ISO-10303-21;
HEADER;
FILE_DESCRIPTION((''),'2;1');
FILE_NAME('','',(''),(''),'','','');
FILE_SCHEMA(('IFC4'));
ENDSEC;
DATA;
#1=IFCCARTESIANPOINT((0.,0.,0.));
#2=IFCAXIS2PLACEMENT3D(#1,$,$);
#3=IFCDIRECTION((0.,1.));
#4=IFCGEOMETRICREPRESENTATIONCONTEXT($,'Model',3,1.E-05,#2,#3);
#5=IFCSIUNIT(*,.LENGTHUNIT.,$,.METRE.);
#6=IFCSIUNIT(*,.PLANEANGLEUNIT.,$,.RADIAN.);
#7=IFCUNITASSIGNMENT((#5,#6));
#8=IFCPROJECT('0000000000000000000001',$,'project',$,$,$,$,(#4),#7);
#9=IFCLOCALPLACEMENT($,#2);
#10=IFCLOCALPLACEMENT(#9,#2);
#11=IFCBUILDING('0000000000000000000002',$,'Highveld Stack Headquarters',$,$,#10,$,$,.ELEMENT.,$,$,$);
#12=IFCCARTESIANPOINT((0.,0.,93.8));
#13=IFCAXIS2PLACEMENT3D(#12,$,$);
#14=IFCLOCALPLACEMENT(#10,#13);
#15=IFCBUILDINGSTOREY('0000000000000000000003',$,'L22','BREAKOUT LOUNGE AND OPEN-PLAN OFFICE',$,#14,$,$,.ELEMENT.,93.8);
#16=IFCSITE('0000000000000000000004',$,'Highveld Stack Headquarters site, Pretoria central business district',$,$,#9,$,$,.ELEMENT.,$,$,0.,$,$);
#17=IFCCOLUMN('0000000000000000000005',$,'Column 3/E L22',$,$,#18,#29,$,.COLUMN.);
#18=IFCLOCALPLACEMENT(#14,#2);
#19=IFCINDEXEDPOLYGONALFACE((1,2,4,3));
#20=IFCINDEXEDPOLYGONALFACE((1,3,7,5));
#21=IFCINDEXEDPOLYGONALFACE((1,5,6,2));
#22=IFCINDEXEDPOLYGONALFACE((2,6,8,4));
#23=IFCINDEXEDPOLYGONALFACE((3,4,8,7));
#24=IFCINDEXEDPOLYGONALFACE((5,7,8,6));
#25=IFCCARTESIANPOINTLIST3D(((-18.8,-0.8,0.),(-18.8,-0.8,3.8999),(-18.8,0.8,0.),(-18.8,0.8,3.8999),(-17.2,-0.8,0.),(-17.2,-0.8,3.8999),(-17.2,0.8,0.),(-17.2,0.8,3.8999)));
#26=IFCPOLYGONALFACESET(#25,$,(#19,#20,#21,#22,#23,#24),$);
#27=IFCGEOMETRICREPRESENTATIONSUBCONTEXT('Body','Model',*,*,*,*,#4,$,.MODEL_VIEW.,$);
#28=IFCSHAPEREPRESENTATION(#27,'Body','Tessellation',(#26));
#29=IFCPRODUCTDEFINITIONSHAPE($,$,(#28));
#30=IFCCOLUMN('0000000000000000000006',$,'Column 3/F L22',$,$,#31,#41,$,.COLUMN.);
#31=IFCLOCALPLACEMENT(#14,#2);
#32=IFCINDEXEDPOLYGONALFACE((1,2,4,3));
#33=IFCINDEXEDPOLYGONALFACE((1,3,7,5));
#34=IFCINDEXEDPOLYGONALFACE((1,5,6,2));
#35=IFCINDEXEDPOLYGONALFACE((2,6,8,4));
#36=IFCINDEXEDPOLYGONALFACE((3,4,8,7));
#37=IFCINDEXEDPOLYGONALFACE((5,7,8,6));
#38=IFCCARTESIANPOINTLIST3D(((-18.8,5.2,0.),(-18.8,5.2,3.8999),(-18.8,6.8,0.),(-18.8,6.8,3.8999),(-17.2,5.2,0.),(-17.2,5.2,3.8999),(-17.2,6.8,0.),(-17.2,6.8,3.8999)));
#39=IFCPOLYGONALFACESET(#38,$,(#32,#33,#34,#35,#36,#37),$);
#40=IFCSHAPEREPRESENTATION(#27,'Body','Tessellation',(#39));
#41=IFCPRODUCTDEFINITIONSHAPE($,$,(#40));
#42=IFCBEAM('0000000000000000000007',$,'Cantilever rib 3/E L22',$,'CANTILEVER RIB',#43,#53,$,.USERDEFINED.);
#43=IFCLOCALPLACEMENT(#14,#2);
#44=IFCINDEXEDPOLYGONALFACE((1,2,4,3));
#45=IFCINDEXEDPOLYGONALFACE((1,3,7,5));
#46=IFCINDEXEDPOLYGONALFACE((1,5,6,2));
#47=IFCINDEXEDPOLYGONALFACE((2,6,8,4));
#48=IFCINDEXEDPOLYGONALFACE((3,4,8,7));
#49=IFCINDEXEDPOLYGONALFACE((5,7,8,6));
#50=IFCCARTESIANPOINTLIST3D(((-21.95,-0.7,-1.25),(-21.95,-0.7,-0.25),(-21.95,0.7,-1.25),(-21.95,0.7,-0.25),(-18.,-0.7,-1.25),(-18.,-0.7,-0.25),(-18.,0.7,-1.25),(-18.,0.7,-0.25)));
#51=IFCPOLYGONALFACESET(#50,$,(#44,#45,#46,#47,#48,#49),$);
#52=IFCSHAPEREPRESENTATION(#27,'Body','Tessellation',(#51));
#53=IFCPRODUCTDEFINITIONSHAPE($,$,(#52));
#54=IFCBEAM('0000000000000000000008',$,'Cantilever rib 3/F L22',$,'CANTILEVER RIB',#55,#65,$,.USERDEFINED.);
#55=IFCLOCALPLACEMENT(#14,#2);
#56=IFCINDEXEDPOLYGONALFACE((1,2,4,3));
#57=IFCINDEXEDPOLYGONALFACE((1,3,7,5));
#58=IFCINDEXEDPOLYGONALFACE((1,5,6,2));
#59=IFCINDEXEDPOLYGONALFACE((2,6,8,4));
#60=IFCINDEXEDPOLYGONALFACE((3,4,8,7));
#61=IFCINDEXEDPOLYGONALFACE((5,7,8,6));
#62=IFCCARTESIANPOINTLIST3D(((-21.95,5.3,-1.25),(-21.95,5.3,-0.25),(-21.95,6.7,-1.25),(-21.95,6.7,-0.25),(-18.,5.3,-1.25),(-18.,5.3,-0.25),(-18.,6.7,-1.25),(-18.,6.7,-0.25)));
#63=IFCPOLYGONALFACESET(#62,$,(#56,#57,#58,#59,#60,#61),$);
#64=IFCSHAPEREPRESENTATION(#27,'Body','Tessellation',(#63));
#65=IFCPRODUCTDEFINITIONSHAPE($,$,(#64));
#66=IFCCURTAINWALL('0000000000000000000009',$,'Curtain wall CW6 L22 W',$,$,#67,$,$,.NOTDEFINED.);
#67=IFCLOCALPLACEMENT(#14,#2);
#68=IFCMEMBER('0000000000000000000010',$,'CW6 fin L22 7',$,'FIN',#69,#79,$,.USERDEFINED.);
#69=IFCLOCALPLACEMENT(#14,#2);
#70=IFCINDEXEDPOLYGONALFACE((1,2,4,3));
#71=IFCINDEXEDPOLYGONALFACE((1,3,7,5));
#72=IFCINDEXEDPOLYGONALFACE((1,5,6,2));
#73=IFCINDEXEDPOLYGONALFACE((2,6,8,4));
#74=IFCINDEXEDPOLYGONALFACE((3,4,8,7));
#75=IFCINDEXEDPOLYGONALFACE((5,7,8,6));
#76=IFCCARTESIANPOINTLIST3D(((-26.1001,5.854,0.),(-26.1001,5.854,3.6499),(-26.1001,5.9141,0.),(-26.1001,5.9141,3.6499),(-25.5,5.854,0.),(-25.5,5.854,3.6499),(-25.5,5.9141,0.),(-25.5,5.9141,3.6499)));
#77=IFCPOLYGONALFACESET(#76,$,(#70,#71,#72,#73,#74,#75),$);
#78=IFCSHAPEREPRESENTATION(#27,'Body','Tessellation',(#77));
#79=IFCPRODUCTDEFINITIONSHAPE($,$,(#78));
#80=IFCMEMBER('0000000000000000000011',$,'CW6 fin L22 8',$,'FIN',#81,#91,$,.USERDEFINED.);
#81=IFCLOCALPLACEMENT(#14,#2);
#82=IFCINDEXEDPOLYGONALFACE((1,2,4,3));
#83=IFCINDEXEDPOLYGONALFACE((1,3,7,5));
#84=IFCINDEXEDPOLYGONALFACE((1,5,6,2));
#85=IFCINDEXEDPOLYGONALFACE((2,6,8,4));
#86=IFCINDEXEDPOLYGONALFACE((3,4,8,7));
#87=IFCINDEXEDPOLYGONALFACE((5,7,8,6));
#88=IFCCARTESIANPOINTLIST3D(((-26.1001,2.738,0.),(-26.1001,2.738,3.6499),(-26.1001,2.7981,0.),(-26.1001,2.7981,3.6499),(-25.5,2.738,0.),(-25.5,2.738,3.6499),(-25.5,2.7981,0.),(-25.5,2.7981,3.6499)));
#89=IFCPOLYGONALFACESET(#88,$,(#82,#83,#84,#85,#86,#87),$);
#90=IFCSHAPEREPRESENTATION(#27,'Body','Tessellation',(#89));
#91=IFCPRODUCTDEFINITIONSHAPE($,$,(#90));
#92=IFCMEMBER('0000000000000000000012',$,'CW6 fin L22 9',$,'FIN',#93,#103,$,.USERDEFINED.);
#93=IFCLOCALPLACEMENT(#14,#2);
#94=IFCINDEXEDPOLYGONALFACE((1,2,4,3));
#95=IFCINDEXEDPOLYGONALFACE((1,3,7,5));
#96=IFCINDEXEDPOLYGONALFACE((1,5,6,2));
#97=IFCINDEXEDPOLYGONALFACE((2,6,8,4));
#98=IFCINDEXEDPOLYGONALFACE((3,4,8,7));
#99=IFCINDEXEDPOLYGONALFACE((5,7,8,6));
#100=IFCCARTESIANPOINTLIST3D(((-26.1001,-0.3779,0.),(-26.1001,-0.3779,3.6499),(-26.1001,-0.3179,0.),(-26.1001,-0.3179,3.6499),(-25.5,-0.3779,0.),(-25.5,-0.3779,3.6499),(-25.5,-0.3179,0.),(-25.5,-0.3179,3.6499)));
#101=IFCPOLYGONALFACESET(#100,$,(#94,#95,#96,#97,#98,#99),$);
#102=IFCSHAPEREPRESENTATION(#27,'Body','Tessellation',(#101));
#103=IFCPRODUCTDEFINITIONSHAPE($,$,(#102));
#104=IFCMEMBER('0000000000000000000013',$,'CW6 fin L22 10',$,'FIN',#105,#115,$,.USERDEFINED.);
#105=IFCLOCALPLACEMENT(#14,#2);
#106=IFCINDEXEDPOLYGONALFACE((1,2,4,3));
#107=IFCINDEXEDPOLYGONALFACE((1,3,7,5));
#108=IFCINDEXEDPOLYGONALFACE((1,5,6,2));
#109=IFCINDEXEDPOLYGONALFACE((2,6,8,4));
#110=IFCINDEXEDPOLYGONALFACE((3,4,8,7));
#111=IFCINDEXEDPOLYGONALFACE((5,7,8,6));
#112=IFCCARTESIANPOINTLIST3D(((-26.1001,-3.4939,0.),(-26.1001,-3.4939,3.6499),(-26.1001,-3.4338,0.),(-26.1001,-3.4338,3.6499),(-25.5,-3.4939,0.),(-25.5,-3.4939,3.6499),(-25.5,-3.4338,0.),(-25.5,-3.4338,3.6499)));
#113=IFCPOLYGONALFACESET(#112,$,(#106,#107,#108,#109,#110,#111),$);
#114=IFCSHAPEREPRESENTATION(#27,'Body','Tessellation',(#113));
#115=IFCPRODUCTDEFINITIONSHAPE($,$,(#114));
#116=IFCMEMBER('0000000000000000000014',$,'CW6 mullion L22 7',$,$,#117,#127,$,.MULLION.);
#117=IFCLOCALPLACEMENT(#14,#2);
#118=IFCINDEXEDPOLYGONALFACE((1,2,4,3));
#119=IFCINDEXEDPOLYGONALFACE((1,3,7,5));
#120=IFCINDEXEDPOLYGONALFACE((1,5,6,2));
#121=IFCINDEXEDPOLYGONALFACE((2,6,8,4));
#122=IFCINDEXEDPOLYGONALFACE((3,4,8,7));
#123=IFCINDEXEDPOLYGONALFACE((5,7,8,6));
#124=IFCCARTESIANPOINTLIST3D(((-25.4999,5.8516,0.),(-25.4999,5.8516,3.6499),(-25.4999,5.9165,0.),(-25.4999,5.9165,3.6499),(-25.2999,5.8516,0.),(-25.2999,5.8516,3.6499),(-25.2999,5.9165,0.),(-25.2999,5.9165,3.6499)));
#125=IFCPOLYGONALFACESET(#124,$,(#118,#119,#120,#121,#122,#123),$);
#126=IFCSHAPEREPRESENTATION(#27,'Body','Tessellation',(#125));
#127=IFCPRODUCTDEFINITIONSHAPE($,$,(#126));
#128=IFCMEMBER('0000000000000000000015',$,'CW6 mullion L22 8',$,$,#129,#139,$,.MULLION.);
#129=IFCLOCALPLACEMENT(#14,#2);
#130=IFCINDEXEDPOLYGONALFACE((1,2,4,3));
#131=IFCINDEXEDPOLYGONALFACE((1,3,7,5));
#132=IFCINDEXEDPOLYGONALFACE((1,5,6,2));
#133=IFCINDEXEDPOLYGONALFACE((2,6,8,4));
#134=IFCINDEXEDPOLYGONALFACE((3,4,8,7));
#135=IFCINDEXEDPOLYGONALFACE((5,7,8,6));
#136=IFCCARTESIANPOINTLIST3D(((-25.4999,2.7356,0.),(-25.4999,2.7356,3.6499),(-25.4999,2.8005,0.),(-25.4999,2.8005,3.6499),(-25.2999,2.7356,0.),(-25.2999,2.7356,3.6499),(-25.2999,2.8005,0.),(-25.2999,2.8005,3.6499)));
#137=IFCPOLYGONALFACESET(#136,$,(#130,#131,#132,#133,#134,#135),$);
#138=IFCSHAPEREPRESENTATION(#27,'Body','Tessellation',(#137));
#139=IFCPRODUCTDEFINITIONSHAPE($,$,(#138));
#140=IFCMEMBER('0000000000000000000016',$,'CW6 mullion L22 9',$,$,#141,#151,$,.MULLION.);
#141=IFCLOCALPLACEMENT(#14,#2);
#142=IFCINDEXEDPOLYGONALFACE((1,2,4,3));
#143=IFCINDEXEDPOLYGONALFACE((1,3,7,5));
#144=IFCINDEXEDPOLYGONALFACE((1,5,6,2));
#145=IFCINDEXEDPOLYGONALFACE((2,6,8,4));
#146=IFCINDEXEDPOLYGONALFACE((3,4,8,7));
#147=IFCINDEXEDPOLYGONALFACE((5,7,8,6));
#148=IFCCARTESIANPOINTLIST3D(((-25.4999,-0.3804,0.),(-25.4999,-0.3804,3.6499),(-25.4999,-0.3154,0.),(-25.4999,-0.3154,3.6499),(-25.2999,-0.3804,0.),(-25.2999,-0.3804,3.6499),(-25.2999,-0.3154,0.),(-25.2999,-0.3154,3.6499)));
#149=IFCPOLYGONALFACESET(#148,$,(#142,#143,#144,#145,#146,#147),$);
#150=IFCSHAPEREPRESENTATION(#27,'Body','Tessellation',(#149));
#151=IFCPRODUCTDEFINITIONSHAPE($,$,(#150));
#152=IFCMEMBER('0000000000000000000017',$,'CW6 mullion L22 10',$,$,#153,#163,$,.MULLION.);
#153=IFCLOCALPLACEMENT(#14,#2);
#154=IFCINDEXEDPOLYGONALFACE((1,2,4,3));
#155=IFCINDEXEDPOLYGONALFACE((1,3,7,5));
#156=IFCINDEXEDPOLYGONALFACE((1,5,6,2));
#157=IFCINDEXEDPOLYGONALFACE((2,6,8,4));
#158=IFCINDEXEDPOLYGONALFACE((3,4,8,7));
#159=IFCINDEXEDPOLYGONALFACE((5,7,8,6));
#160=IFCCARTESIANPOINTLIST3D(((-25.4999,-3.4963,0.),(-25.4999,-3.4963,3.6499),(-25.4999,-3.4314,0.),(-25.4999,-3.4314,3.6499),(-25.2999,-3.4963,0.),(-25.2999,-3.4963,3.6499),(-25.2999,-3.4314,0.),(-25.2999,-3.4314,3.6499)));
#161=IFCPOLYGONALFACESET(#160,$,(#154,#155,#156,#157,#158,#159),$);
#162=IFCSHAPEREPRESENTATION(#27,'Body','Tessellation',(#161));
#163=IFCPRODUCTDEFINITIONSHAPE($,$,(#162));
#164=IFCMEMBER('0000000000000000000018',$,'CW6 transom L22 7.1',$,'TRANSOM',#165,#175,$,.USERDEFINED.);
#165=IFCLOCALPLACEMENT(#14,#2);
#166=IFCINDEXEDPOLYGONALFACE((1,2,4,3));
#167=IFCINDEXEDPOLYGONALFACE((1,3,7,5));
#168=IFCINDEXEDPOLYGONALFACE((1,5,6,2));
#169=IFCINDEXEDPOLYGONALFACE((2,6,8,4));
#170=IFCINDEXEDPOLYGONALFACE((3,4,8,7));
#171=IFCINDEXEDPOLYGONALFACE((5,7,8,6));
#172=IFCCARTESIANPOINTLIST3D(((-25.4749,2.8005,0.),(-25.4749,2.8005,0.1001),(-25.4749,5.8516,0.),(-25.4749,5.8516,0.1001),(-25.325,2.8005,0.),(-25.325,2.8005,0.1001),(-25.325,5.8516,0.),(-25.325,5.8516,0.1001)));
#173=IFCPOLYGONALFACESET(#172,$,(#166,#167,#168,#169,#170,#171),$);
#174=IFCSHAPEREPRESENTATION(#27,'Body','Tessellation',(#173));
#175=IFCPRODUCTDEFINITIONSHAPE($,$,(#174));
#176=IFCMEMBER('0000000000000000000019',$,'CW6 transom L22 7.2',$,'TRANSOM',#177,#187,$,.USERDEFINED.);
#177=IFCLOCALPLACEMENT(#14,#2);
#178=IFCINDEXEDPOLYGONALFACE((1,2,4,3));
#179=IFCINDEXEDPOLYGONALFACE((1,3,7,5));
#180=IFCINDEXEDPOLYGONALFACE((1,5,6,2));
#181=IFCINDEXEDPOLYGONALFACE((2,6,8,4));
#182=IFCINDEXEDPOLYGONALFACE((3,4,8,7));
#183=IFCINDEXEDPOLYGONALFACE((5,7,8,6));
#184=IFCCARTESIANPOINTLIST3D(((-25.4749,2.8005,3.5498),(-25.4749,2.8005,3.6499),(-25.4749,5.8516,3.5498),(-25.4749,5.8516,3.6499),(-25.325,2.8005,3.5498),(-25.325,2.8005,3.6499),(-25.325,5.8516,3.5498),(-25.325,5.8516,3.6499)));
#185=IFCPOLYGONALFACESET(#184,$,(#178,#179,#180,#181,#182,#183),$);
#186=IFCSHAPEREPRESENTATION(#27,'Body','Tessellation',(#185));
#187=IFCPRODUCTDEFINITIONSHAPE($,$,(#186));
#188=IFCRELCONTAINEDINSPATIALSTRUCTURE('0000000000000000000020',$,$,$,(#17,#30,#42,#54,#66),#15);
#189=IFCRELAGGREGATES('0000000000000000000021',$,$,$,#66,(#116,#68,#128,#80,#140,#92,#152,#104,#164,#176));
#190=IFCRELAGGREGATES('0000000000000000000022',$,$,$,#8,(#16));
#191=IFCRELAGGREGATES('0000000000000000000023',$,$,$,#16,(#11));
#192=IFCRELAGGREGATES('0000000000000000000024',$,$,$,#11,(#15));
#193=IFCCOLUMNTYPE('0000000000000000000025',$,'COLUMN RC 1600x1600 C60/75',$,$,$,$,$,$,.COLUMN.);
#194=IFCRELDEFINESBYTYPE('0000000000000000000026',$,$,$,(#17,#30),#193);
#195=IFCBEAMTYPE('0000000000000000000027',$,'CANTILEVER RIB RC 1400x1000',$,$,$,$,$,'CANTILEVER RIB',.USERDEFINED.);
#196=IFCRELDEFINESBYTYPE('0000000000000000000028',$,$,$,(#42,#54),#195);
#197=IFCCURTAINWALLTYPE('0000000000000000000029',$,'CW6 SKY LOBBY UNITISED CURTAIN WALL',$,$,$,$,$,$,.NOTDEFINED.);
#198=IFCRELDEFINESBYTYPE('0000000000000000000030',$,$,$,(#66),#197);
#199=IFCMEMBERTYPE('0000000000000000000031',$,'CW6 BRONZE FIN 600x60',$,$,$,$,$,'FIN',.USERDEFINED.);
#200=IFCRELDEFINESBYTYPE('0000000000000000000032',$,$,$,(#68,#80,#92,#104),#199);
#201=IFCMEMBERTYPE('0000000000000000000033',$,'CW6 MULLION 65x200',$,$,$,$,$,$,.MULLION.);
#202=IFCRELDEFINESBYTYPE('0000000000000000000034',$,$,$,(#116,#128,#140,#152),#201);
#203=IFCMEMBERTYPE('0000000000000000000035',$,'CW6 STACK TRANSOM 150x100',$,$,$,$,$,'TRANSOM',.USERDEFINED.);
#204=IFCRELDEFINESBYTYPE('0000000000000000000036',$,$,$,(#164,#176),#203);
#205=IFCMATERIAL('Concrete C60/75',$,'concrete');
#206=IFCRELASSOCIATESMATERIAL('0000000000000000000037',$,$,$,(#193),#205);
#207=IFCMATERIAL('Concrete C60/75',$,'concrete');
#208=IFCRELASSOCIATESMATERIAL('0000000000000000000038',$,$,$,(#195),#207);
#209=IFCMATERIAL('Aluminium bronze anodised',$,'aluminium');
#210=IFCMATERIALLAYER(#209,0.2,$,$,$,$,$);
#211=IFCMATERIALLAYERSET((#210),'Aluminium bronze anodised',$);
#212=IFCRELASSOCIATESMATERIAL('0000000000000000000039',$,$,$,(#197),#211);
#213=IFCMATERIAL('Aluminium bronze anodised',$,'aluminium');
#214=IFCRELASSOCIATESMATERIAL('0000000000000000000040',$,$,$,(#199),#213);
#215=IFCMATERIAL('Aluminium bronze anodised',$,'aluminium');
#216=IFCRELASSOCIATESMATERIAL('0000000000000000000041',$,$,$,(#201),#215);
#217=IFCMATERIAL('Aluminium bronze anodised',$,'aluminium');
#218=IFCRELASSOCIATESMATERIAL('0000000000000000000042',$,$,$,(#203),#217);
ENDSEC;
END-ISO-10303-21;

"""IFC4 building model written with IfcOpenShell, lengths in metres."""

from ifc_helpers import new_model, si_unit, direction, frame, origin, origin_2d, place, context, subcontext, project, spatial, rectangle, extrude, material, layer, layer_set, material_profile, profile_set, type_object, element, aggregate, save


model = new_model("IFC4")

# Units and contexts
model_context = context("Model", 3, precision=1e-05, world=origin(), true_north=direction((0.0, 1.0)))
body_context = subcontext(model_context, "Body", "Model", "MODEL_VIEW")
ifc_project = project(units=[si_unit("LENGTHUNIT", "METRE"), si_unit("PLANEANGLEUNIT", "RADIAN")], contexts=[model_context])

# Site, building, storey
site_placement = place(None, origin())
site = spatial("IfcSite", under=ifc_project, at=site_placement, Name="Highveld Stack Headquarters site, Pretoria central business district", CompositionType="ELEMENT", RefElevation=0.0)
building_placement = place(site_placement, origin())
building = spatial("IfcBuilding", under=site, at=building_placement, Name="Highveld Stack Headquarters", CompositionType="ELEMENT")
storey_placement = place(building_placement, frame((0.0, 0.0, 93.8)))
storey = spatial("IfcBuildingStorey", under=building, at=storey_placement, Name="L22", Description="BREAKOUT LOUNGE AND OPEN-PLAN OFFICE", CompositionType="ELEMENT", Elevation=93.8)

# Columns
ifc_material_1 = material(Name="Concrete C60/75", Category="concrete")
ifc_material_profile_1 = material_profile(ifc_material_1, rectangle(XDim=1.6001, YDim=1.6001, at=origin_2d()), Name="RC 1600x1600")
ifc_profile_set_1 = profile_set([ifc_material_profile_1], Name="Concrete C60/75")
column_type = type_object("IfcColumnType", Name="COLUMN RC 1600x1600 C60/75", PredefinedType="COLUMN", material=ifc_profile_set_1)
for number, where, z_axis, x_axis, name in (
    (1, (-18.0, 0.0, 0.0), (0.0, 0.0, 1.0), (1.0, 0.0, 0.0), "Column 3/E L22"),
    (2, (-18.0, 6.0, 0.0), (0.0, 0.0, 1.0), (1.0, 0.0, 0.0), "Column 3/F L22"),
):
    element("IfcColumn", number, at=place(storey_placement, frame(where, z_axis=z_axis, x_axis=x_axis)), inside=storey, type_object=column_type, Name=name, PredefinedType="COLUMN", context=body_context, shape_type="SweptSolid", body=[
        extrude(rectangle(XDim=1.6001, YDim=1.6001, at=origin_2d()), origin(), (0.0, 0.0, 1.0), 3.8999),
    ])

# Beams
ifc_material_2 = material(Name="Concrete C60/75", Category="concrete")
ifc_material_profile_2 = material_profile(ifc_material_2, rectangle(XDim=1.3999, YDim=1.0, at=origin_2d()), Name="RC 1400x1000")
ifc_profile_set_2 = profile_set([ifc_material_profile_2], Name="Concrete C60/75")
beam_type_1 = type_object("IfcBeamType", Name="CANTILEVER RIB RC 1400x1000", ElementType="CANTILEVER RIB", PredefinedType="USERDEFINED", material=ifc_profile_set_2)
for number, where, z_axis, x_axis, name in (
    (3, (-18.0, 0.0, -0.75), (-1.0, 0.0, 0.0), (0.0, -1.0, 0.0), "Cantilever rib 3/E L22"),
    (4, (-18.0, 6.0, -0.75), (-1.0, 0.0, 0.0), (0.0, -1.0, 0.0), "Cantilever rib 3/F L22"),
):
    element("IfcBeam", number, at=place(storey_placement, frame(where, z_axis=z_axis, x_axis=x_axis)), inside=storey, type_object=beam_type_1, Name=name, ObjectType="CANTILEVER RIB", PredefinedType="USERDEFINED", context=body_context, shape_type="SweptSolid", body=[
        extrude(rectangle(XDim=1.3999, YDim=1.0, at=origin_2d()), origin(), (0.0, 0.0, 1.0), 3.95),
    ])

# Curtain wall, members
ifc_material_3 = material(Name="Aluminium bronze anodised", Category="aluminium")
ifc_layer_1 = layer(ifc_material_3, 0.2)
ifc_layer_set_1 = layer_set([ifc_layer_1], Name="Aluminium bronze anodised")
curtain_wall_type = type_object("IfcCurtainWallType", Name="CW6 SKY LOBBY UNITISED CURTAIN WALL", PredefinedType="NOTDEFINED", material=ifc_layer_set_1)
curtain_wall_placement = place(storey_placement, origin())
curtain_wall = element("IfcCurtainWall", 5, at=curtain_wall_placement, inside=storey, type_object=curtain_wall_type, Name="Curtain wall CW6 L22 W", PredefinedType="NOTDEFINED")
ifc_material_4 = material(Name="Aluminium bronze anodised", Category="aluminium")
ifc_material_profile_3 = material_profile(ifc_material_4, rectangle(XDim=0.6001, YDim=0.0601, at=origin_2d()), Name="FIN 600x60")
ifc_profile_set_3 = profile_set([ifc_material_profile_3], Name="Aluminium bronze anodised")
member_type_1 = type_object("IfcMemberType", Name="CW6 BRONZE FIN 600x60", ElementType="FIN", PredefinedType="USERDEFINED", material=ifc_profile_set_3)
member_1_placement = place(storey_placement, frame((-25.8, 5.884, 0.0), z_axis=(0.0, 0.0, 1.0), x_axis=(1.0, 0.0, 0.0)))
member_1 = element("IfcMember", 6, at=member_1_placement, type_object=member_type_1, Name="CW6 fin L22 7", ObjectType="FIN", PredefinedType="USERDEFINED", context=body_context, shape_type="SweptSolid", body=[
    extrude(rectangle(XDim=0.6001, YDim=0.0601, at=origin_2d()), origin(), (0.0, 0.0, 1.0), 3.6499),
])
member_2_placement = place(storey_placement, frame((-25.8, 2.7681, 0.0), z_axis=(0.0, 0.0, 1.0), x_axis=(1.0, 0.0, 0.0)))
member_2 = element("IfcMember", 7, at=member_2_placement, type_object=member_type_1, Name="CW6 fin L22 8", ObjectType="FIN", PredefinedType="USERDEFINED", context=body_context, shape_type="SweptSolid", body=[
    extrude(rectangle(XDim=0.6001, YDim=0.0601, at=origin_2d()), origin(), (0.0, 0.0, 1.0), 3.6499),
])
member_3_placement = place(storey_placement, frame((-25.8, -0.3479, 0.0), z_axis=(0.0, 0.0, 1.0), x_axis=(1.0, 0.0, 0.0)))
member_3 = element("IfcMember", 8, at=member_3_placement, type_object=member_type_1, Name="CW6 fin L22 9", ObjectType="FIN", PredefinedType="USERDEFINED", context=body_context, shape_type="SweptSolid", body=[
    extrude(rectangle(XDim=0.6001, YDim=0.0601, at=origin_2d()), origin(), (0.0, 0.0, 1.0), 3.6499),
])
member_4_placement = place(storey_placement, frame((-25.8, -3.4639, 0.0), z_axis=(0.0, 0.0, 1.0), x_axis=(1.0, 0.0, 0.0)))
member_4 = element("IfcMember", 9, at=member_4_placement, type_object=member_type_1, Name="CW6 fin L22 10", ObjectType="FIN", PredefinedType="USERDEFINED", context=body_context, shape_type="SweptSolid", body=[
    extrude(rectangle(XDim=0.6001, YDim=0.0601, at=origin_2d()), origin(), (0.0, 0.0, 1.0), 3.6499),
])
ifc_material_5 = material(Name="Aluminium bronze anodised", Category="aluminium")
ifc_material_profile_4 = material_profile(ifc_material_5, rectangle(XDim=0.2, YDim=0.0649, at=origin_2d()), Name="CW6 MULLION 65x200")
ifc_profile_set_4 = profile_set([ifc_material_profile_4], Name="Aluminium bronze anodised")
member_type_2 = type_object("IfcMemberType", Name="CW6 MULLION 65x200", PredefinedType="MULLION", material=ifc_profile_set_4)
member_5_placement = place(storey_placement, frame((-25.3999, 5.884, 0.0), z_axis=(0.0, 0.0, 1.0), x_axis=(1.0, 0.0, 0.0)))
member_5 = element("IfcMember", 10, at=member_5_placement, type_object=member_type_2, Name="CW6 mullion L22 7", PredefinedType="MULLION", context=body_context, shape_type="SweptSolid", body=[
    extrude(rectangle(XDim=0.2, YDim=0.0649, at=origin_2d()), origin(), (0.0, 0.0, 1.0), 3.6499),
])
member_6_placement = place(storey_placement, frame((-25.3999, 2.7681, 0.0), z_axis=(0.0, 0.0, 1.0), x_axis=(1.0, 0.0, 0.0)))
member_6 = element("IfcMember", 11, at=member_6_placement, type_object=member_type_2, Name="CW6 mullion L22 8", PredefinedType="MULLION", context=body_context, shape_type="SweptSolid", body=[
    extrude(rectangle(XDim=0.2, YDim=0.0649, at=origin_2d()), origin(), (0.0, 0.0, 1.0), 3.6499),
])
member_7_placement = place(storey_placement, frame((-25.3999, -0.3479, 0.0), z_axis=(0.0, 0.0, 1.0), x_axis=(1.0, 0.0, 0.0)))
member_7 = element("IfcMember", 12, at=member_7_placement, type_object=member_type_2, Name="CW6 mullion L22 9", PredefinedType="MULLION", context=body_context, shape_type="SweptSolid", body=[
    extrude(rectangle(XDim=0.2, YDim=0.0649, at=origin_2d()), origin(), (0.0, 0.0, 1.0), 3.6499),
])
member_8_placement = place(storey_placement, frame((-25.3999, -3.4639, 0.0), z_axis=(0.0, 0.0, 1.0), x_axis=(1.0, 0.0, 0.0)))
member_8 = element("IfcMember", 13, at=member_8_placement, type_object=member_type_2, Name="CW6 mullion L22 10", PredefinedType="MULLION", context=body_context, shape_type="SweptSolid", body=[
    extrude(rectangle(XDim=0.2, YDim=0.0649, at=origin_2d()), origin(), (0.0, 0.0, 1.0), 3.6499),
])
ifc_material_6 = material(Name="Aluminium bronze anodised", Category="aluminium")
ifc_material_profile_5 = material_profile(ifc_material_6, rectangle(XDim=0.1499, YDim=0.1001, at=origin_2d()), Name="CW6 TRANSOM 150x100")
ifc_profile_set_5 = profile_set([ifc_material_profile_5], Name="Aluminium bronze anodised")
member_type_3 = type_object("IfcMemberType", Name="CW6 STACK TRANSOM 150x100", ElementType="TRANSOM", PredefinedType="USERDEFINED", material=ifc_profile_set_5)
member_9_placement = place(storey_placement, frame((-25.3999, 5.8516, 0.05), z_axis=(0.0, -1.0, 0.0), x_axis=(1.0, 0.0, 0.0)))
member_9 = element("IfcMember", 14, at=member_9_placement, type_object=member_type_3, Name="CW6 transom L22 7.1", ObjectType="TRANSOM", PredefinedType="USERDEFINED", context=body_context, shape_type="SweptSolid", body=[
    extrude(rectangle(XDim=0.1499, YDim=0.1001, at=origin_2d()), origin(), (0.0, 0.0, 1.0), 3.051),
])
member_10_placement = place(storey_placement, frame((-25.3999, 5.8516, 3.5999), z_axis=(0.0, -1.0, 0.0), x_axis=(1.0, 0.0, 0.0)))
member_10 = element("IfcMember", 15, at=member_10_placement, type_object=member_type_3, Name="CW6 transom L22 7.2", ObjectType="TRANSOM", PredefinedType="USERDEFINED", context=body_context, shape_type="SweptSolid", body=[
    extrude(rectangle(XDim=0.1499, YDim=0.1001, at=origin_2d()), origin(), (0.0, 0.0, 1.0), 3.051),
])

aggregate(curtain_wall, [member_5, member_1, member_6, member_2, member_7, member_3, member_8, member_4, member_9, member_10])

save(model, "model.ifc")
